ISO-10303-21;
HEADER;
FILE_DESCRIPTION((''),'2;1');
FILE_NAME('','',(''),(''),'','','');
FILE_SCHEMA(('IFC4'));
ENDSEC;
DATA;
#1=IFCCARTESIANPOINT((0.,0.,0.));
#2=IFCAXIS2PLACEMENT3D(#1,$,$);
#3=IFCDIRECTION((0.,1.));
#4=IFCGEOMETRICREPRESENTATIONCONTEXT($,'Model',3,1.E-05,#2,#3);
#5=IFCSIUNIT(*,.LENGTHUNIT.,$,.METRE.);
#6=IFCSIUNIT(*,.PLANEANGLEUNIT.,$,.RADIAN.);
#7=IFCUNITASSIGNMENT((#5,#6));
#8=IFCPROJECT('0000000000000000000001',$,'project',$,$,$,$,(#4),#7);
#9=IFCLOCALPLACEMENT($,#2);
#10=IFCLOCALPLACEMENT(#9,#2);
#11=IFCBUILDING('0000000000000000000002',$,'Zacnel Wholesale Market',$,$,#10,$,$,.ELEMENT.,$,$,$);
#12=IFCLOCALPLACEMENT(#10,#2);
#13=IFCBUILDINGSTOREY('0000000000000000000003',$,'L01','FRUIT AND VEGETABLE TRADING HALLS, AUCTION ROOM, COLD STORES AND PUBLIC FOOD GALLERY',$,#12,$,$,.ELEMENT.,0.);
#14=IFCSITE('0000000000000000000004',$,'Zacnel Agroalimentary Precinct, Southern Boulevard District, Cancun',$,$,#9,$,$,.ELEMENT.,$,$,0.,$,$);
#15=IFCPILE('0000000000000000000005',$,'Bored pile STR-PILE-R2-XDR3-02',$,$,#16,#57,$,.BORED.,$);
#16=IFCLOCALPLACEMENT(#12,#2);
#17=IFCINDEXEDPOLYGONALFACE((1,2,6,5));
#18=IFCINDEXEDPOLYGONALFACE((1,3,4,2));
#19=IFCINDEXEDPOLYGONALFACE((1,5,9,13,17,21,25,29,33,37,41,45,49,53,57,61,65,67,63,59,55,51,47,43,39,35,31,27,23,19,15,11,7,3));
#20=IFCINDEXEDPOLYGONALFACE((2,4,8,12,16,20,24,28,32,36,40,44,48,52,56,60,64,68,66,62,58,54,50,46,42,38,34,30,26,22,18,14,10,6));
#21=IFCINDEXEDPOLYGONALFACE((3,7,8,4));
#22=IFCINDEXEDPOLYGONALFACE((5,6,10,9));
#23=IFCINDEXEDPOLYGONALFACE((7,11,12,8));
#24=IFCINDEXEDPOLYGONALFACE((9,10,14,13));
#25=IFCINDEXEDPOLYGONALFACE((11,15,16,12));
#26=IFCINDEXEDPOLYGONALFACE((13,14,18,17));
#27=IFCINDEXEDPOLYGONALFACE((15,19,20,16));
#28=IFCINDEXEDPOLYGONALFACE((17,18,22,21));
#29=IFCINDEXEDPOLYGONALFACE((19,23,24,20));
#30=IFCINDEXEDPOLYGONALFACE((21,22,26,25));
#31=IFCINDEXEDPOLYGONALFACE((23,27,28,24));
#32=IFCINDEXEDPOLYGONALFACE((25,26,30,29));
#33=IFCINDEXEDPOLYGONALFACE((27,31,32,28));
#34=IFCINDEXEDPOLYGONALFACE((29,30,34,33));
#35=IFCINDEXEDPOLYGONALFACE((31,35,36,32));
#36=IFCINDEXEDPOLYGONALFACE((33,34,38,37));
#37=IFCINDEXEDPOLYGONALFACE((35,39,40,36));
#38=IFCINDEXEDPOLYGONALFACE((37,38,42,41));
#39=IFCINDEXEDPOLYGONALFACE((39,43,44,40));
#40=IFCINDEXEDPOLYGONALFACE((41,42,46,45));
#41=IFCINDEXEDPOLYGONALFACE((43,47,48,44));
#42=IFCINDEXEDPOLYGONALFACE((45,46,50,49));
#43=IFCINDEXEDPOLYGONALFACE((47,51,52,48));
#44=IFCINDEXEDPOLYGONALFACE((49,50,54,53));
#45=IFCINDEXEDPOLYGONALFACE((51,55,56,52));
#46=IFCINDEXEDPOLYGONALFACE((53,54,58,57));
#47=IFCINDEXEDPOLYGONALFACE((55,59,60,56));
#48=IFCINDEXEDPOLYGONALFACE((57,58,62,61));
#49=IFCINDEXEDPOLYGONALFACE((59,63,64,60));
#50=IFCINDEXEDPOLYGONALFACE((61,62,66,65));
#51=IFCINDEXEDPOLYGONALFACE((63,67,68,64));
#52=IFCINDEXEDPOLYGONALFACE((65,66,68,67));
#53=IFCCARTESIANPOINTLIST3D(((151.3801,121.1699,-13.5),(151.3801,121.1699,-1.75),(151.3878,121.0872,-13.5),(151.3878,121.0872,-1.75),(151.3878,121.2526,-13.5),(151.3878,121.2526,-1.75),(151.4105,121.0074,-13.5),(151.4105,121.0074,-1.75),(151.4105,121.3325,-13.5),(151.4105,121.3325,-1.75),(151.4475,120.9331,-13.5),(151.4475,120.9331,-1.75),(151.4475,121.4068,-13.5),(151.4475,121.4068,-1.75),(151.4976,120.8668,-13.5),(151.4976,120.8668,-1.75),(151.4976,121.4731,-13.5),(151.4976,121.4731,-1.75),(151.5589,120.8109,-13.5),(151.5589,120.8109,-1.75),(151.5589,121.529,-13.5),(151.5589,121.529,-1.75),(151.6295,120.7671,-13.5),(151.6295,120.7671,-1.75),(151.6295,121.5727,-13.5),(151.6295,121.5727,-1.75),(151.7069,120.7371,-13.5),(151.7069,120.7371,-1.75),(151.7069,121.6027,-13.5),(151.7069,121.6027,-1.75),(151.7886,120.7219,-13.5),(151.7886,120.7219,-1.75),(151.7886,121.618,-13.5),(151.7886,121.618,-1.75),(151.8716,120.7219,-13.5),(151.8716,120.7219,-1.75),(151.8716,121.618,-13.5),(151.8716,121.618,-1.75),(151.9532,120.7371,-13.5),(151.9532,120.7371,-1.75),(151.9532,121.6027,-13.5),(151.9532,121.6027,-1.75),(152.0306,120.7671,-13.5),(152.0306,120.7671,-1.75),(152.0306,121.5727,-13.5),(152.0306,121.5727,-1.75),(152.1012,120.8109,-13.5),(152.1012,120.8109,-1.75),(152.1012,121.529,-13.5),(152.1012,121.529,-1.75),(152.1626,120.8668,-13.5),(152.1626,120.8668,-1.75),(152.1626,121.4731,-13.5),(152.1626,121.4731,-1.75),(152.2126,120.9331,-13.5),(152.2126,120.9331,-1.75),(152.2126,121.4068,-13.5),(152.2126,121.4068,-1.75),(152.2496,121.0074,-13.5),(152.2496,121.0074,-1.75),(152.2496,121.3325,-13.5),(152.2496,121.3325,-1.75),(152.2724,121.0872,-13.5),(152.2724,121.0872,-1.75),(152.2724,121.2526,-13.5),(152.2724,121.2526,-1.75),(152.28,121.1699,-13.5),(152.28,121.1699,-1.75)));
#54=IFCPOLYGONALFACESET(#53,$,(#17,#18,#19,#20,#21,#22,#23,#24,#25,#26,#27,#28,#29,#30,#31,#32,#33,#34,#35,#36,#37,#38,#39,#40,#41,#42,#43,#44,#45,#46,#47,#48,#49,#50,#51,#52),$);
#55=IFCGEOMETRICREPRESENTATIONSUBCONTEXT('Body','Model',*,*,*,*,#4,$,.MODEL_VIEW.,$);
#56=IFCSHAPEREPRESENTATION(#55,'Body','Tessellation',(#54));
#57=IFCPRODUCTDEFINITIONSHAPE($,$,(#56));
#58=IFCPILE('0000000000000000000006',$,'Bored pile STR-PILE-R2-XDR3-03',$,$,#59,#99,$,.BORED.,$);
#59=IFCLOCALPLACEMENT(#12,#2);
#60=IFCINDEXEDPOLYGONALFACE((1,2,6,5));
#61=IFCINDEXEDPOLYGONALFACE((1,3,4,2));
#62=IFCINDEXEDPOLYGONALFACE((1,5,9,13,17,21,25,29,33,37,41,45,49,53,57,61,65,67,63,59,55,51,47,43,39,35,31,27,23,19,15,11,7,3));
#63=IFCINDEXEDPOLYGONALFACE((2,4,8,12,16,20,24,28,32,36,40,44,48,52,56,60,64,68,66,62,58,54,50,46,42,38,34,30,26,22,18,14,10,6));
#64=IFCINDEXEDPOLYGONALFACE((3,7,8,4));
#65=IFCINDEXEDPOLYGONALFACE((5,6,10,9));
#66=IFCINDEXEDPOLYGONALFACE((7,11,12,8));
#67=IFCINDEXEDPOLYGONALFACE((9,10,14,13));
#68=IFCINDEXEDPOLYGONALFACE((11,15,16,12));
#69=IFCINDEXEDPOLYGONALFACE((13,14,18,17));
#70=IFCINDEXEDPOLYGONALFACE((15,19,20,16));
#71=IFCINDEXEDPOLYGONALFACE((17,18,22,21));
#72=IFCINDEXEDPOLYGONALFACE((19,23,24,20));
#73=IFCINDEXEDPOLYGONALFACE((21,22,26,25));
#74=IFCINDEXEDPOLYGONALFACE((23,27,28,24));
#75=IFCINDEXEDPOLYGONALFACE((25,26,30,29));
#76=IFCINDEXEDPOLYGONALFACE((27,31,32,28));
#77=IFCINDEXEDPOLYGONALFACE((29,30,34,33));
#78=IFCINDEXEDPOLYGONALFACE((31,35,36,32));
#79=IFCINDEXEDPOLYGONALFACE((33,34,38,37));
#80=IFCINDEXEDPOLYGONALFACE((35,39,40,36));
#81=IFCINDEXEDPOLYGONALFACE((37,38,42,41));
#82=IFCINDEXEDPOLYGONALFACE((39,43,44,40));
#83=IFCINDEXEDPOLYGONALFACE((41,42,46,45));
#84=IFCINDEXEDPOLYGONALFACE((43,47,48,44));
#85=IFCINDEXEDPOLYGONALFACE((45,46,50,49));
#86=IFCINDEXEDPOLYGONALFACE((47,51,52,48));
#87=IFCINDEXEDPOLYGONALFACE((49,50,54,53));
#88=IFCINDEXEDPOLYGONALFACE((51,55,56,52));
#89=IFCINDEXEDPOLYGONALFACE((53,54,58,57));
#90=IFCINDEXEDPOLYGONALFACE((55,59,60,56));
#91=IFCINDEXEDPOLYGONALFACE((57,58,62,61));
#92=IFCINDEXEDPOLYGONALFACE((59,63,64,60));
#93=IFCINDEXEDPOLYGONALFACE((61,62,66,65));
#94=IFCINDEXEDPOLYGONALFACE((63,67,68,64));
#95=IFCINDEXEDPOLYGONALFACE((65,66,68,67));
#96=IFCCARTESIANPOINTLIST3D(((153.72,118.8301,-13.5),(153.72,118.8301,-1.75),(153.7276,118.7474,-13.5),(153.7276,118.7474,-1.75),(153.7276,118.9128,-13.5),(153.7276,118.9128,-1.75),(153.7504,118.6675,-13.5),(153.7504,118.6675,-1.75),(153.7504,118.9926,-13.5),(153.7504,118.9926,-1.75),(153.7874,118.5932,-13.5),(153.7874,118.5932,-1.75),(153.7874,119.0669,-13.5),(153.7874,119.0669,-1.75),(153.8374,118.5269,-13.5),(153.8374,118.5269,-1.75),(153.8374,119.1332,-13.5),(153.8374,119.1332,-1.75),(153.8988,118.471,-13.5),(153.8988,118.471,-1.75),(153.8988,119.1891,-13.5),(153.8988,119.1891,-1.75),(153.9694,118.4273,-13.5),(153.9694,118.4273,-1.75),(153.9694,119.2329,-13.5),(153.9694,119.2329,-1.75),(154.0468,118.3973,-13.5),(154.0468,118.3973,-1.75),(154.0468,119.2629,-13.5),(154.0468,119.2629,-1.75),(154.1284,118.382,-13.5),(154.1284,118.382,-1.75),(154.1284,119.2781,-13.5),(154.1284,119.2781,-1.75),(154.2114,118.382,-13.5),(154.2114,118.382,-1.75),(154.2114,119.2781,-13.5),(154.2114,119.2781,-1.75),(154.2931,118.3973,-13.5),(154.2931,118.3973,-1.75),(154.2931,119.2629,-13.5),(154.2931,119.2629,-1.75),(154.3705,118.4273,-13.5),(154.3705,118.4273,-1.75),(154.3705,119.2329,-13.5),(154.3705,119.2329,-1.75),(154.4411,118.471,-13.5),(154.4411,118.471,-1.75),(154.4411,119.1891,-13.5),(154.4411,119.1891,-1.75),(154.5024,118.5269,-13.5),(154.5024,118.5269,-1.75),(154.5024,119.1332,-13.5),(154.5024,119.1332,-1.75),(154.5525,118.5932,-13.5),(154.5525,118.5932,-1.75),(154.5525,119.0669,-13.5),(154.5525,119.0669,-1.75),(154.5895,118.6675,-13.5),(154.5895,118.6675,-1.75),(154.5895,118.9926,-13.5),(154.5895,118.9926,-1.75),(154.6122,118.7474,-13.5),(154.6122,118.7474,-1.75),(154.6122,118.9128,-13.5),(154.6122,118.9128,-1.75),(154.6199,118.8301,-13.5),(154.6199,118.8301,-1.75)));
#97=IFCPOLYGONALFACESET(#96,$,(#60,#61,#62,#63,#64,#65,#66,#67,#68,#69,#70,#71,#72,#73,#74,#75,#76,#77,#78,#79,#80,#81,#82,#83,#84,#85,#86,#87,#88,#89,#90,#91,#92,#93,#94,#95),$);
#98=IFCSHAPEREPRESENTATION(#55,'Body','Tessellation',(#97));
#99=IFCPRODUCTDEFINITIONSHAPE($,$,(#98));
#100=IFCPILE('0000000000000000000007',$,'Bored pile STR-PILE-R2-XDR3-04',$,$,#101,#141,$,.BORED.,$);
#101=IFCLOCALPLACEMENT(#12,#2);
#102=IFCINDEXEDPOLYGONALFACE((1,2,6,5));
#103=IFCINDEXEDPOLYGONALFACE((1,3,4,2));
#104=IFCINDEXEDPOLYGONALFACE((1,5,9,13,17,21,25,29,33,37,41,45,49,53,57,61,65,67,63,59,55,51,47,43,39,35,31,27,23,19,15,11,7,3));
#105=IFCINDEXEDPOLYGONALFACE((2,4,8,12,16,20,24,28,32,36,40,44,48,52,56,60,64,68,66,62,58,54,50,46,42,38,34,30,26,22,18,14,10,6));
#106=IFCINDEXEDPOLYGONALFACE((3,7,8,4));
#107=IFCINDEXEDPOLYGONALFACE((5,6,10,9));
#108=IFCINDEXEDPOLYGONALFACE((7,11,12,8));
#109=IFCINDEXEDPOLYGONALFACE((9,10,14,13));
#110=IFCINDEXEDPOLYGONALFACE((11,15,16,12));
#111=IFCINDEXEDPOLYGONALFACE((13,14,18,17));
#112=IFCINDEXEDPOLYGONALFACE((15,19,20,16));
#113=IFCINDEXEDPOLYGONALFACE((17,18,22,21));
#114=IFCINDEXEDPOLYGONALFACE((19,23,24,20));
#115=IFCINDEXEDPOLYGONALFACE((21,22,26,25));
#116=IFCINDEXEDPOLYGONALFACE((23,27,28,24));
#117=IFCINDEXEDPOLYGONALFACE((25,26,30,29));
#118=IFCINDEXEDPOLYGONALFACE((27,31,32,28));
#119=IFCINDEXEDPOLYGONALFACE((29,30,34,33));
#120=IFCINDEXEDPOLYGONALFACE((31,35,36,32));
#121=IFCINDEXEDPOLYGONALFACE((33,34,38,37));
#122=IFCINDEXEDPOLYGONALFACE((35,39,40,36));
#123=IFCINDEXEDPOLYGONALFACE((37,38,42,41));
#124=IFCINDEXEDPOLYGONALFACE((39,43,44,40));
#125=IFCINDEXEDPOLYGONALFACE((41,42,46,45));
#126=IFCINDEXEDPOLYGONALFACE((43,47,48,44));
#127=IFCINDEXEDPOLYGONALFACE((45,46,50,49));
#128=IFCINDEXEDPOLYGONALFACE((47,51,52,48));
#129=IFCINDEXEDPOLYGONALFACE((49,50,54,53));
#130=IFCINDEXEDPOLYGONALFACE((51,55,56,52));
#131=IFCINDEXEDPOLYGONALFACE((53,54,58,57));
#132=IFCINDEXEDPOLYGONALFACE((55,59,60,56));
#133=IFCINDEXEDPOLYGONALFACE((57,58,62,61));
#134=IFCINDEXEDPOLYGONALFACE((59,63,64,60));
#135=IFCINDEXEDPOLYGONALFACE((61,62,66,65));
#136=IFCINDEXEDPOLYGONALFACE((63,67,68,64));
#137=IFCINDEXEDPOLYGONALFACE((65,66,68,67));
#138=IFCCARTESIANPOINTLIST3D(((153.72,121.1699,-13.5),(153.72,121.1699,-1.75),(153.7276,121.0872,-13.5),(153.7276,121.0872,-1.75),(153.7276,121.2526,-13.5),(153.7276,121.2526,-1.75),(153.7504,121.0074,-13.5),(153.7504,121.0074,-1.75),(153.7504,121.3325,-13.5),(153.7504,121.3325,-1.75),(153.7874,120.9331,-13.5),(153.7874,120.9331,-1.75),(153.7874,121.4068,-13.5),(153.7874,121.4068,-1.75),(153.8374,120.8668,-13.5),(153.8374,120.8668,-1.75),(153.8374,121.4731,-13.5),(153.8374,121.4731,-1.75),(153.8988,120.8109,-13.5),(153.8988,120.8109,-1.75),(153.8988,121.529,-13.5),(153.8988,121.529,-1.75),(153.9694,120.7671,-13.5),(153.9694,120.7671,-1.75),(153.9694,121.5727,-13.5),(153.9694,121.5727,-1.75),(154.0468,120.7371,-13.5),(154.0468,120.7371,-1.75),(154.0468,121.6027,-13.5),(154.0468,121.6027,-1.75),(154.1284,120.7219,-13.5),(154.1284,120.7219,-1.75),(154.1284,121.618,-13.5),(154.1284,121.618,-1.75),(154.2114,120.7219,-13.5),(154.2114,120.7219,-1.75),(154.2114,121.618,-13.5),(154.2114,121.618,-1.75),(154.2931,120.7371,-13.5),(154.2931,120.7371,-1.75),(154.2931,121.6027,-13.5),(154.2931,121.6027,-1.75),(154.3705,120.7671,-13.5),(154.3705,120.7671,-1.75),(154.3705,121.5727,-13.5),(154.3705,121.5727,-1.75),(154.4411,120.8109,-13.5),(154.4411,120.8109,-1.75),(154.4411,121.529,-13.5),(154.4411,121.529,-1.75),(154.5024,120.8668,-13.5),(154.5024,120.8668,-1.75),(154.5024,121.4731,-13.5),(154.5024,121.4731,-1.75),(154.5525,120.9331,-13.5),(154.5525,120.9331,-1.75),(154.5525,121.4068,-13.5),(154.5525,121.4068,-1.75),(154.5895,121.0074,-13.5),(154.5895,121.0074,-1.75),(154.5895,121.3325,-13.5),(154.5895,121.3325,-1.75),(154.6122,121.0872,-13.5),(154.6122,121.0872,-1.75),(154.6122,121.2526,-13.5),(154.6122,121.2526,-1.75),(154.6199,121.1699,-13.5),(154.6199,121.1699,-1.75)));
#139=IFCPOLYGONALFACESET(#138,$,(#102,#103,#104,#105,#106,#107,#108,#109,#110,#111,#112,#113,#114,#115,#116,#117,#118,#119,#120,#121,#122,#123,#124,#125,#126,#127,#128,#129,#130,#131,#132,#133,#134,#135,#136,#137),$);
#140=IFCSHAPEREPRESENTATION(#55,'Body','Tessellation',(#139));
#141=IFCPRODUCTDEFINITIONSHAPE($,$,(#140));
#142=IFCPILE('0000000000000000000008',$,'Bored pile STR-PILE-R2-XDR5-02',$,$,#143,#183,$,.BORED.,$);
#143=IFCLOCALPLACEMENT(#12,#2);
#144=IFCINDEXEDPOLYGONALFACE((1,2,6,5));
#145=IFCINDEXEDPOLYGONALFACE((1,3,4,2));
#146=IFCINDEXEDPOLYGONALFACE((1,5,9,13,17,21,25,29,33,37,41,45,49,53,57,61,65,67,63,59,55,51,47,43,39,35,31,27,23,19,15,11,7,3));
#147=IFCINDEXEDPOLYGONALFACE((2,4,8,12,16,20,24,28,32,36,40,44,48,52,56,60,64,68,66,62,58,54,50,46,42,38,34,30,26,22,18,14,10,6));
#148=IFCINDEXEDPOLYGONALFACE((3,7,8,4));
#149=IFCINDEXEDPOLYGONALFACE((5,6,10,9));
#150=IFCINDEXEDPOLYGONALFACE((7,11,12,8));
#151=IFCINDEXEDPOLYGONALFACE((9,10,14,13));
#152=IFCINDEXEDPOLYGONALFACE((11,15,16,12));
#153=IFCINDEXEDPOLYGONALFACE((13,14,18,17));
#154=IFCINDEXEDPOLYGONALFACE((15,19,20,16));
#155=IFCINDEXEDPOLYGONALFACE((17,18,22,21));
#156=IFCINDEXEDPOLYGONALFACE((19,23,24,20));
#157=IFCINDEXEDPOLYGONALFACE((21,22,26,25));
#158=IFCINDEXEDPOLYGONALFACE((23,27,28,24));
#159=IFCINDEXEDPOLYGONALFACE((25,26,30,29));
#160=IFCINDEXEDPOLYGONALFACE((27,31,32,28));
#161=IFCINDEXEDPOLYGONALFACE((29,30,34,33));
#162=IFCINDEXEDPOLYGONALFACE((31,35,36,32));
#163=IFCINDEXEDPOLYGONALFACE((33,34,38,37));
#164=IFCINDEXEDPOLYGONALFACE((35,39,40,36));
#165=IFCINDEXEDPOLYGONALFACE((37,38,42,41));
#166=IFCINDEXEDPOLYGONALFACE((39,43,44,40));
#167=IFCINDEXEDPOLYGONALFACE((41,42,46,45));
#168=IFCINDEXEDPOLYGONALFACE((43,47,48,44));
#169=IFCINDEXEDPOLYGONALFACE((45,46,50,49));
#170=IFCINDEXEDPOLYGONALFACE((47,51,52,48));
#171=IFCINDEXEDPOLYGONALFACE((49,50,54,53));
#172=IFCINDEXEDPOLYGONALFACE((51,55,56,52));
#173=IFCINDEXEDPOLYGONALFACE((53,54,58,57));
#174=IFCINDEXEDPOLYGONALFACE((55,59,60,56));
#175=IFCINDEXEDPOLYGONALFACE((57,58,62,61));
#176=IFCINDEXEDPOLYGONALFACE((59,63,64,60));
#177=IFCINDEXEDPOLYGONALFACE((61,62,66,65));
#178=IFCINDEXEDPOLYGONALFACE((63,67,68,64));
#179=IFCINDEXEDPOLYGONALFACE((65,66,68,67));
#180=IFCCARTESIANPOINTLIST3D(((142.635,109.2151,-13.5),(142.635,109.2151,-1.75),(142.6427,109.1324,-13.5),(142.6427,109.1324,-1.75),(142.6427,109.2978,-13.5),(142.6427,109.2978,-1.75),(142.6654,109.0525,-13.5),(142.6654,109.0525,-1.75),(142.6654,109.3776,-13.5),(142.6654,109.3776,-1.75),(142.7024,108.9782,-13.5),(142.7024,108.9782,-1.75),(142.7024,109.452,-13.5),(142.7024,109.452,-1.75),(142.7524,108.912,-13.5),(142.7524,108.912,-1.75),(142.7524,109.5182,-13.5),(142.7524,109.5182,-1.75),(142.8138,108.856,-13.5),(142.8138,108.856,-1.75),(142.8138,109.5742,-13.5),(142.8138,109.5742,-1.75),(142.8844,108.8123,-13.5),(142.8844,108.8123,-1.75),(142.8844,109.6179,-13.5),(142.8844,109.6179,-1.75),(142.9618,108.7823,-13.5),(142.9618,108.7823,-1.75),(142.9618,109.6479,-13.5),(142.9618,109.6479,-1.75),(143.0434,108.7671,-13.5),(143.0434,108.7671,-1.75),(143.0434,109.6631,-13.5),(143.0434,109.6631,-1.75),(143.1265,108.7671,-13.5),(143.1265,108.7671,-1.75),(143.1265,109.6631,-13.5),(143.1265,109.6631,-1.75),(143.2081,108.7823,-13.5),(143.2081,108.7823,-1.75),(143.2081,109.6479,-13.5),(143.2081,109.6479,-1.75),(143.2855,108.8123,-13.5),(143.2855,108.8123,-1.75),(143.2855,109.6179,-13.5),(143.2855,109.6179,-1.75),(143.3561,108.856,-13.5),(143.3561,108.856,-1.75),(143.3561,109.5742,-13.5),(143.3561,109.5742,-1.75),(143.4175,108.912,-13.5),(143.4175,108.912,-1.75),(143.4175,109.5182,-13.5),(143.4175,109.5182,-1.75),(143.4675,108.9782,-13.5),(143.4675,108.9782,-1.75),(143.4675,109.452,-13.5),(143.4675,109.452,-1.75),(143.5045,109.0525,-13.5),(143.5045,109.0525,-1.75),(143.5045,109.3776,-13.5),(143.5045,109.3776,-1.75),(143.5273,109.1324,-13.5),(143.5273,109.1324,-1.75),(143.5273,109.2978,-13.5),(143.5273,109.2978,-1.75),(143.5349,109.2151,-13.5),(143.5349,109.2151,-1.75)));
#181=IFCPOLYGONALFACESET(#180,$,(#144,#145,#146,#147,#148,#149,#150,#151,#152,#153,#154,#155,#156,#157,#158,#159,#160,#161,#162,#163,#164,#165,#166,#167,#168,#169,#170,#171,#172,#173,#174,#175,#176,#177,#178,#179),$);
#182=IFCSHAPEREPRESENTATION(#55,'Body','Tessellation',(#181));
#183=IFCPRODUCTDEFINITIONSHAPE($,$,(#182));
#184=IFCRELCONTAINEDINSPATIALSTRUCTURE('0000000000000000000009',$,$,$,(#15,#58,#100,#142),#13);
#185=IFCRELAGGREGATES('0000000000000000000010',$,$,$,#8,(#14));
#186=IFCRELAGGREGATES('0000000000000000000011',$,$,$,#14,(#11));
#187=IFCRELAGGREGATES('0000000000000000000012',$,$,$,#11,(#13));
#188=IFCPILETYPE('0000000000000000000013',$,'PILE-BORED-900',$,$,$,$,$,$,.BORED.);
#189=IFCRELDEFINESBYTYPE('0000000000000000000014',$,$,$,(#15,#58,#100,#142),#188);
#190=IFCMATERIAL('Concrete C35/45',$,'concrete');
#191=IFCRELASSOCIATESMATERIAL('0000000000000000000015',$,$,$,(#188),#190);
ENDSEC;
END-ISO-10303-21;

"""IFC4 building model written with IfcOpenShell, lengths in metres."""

from ifc_helpers import new_model, si_unit, direction, frame, origin, origin_2d, place, context, subcontext, project, spatial, circle, extrude, material, material_profile, profile_set, type_object, element, save


model = new_model("IFC4")

# Units and contexts
model_context = context("Model", 3, precision=1e-05, world=origin(), true_north=direction((0.0, 1.0)))
body_context = subcontext(model_context, "Body", "Model", "MODEL_VIEW")
ifc_project = project(units=[si_unit("LENGTHUNIT", "METRE"), si_unit("PLANEANGLEUNIT", "RADIAN")], contexts=[model_context])

# Site, building, storey
site_placement = place(None, origin())
site = spatial("IfcSite", under=ifc_project, at=site_placement, Name="Zacnel Agroalimentary Precinct, Southern Boulevard District, Cancun", CompositionType="ELEMENT", RefElevation=0.0)
building_placement = place(site_placement, origin())
building = spatial("IfcBuilding", under=site, at=building_placement, Name="Zacnel Wholesale Market", CompositionType="ELEMENT")
storey_placement = place(building_placement, origin())
storey = spatial("IfcBuildingStorey", under=building, at=storey_placement, Name="L01", Description="FRUIT AND VEGETABLE TRADING HALLS, AUCTION ROOM, COLD STORES AND PUBLIC FOOD GALLERY", CompositionType="ELEMENT", Elevation=0.0)

# Piles
ifc_material_1 = material(Name="Concrete C35/45", Category="concrete")
ifc_material_profile_1 = material_profile(ifc_material_1, circle(Radius=0.45, at=origin_2d()), Name="BORED PILE D900")
ifc_profile_set_1 = profile_set([ifc_material_profile_1], Name="Concrete C35/45")
pile_type_1 = type_object("IfcPileType", Name="PILE-BORED-900", PredefinedType="BORED", material=ifc_profile_set_1)
for number, where, z_axis, x_axis, name in (
    (1, (151.8301, 121.1699, -1.75), (0.0, 0.0, -1.0), (1.0, 0.0, 0.0), "Bored pile STR-PILE-R2-XDR3-02"),
    (2, (154.1699, 118.8301, -1.75), (0.0, 0.0, -1.0), (1.0, 0.0, 0.0), "Bored pile STR-PILE-R2-XDR3-03"),
    (3, (154.1699, 121.1699, -1.75), (0.0, 0.0, -1.0), (1.0, 0.0, 0.0), "Bored pile STR-PILE-R2-XDR3-04"),
    (4, (143.085, 109.2151, -1.75), (0.0, 0.0, -1.0), (1.0, 0.0, 0.0), "Bored pile STR-PILE-R2-XDR5-02"),
):
    element("IfcPile", number, at=place(storey_placement, frame(where, z_axis=z_axis, x_axis=x_axis)), inside=storey, type_object=pile_type_1, Name=name, PredefinedType="BORED", context=body_context, shape_type="SweptSolid", body=[
        extrude(circle(Radius=0.45, at=origin_2d()), origin(), (0.0, 0.0, 1.0), 11.75),
    ])

save(model, "model.ifc")
